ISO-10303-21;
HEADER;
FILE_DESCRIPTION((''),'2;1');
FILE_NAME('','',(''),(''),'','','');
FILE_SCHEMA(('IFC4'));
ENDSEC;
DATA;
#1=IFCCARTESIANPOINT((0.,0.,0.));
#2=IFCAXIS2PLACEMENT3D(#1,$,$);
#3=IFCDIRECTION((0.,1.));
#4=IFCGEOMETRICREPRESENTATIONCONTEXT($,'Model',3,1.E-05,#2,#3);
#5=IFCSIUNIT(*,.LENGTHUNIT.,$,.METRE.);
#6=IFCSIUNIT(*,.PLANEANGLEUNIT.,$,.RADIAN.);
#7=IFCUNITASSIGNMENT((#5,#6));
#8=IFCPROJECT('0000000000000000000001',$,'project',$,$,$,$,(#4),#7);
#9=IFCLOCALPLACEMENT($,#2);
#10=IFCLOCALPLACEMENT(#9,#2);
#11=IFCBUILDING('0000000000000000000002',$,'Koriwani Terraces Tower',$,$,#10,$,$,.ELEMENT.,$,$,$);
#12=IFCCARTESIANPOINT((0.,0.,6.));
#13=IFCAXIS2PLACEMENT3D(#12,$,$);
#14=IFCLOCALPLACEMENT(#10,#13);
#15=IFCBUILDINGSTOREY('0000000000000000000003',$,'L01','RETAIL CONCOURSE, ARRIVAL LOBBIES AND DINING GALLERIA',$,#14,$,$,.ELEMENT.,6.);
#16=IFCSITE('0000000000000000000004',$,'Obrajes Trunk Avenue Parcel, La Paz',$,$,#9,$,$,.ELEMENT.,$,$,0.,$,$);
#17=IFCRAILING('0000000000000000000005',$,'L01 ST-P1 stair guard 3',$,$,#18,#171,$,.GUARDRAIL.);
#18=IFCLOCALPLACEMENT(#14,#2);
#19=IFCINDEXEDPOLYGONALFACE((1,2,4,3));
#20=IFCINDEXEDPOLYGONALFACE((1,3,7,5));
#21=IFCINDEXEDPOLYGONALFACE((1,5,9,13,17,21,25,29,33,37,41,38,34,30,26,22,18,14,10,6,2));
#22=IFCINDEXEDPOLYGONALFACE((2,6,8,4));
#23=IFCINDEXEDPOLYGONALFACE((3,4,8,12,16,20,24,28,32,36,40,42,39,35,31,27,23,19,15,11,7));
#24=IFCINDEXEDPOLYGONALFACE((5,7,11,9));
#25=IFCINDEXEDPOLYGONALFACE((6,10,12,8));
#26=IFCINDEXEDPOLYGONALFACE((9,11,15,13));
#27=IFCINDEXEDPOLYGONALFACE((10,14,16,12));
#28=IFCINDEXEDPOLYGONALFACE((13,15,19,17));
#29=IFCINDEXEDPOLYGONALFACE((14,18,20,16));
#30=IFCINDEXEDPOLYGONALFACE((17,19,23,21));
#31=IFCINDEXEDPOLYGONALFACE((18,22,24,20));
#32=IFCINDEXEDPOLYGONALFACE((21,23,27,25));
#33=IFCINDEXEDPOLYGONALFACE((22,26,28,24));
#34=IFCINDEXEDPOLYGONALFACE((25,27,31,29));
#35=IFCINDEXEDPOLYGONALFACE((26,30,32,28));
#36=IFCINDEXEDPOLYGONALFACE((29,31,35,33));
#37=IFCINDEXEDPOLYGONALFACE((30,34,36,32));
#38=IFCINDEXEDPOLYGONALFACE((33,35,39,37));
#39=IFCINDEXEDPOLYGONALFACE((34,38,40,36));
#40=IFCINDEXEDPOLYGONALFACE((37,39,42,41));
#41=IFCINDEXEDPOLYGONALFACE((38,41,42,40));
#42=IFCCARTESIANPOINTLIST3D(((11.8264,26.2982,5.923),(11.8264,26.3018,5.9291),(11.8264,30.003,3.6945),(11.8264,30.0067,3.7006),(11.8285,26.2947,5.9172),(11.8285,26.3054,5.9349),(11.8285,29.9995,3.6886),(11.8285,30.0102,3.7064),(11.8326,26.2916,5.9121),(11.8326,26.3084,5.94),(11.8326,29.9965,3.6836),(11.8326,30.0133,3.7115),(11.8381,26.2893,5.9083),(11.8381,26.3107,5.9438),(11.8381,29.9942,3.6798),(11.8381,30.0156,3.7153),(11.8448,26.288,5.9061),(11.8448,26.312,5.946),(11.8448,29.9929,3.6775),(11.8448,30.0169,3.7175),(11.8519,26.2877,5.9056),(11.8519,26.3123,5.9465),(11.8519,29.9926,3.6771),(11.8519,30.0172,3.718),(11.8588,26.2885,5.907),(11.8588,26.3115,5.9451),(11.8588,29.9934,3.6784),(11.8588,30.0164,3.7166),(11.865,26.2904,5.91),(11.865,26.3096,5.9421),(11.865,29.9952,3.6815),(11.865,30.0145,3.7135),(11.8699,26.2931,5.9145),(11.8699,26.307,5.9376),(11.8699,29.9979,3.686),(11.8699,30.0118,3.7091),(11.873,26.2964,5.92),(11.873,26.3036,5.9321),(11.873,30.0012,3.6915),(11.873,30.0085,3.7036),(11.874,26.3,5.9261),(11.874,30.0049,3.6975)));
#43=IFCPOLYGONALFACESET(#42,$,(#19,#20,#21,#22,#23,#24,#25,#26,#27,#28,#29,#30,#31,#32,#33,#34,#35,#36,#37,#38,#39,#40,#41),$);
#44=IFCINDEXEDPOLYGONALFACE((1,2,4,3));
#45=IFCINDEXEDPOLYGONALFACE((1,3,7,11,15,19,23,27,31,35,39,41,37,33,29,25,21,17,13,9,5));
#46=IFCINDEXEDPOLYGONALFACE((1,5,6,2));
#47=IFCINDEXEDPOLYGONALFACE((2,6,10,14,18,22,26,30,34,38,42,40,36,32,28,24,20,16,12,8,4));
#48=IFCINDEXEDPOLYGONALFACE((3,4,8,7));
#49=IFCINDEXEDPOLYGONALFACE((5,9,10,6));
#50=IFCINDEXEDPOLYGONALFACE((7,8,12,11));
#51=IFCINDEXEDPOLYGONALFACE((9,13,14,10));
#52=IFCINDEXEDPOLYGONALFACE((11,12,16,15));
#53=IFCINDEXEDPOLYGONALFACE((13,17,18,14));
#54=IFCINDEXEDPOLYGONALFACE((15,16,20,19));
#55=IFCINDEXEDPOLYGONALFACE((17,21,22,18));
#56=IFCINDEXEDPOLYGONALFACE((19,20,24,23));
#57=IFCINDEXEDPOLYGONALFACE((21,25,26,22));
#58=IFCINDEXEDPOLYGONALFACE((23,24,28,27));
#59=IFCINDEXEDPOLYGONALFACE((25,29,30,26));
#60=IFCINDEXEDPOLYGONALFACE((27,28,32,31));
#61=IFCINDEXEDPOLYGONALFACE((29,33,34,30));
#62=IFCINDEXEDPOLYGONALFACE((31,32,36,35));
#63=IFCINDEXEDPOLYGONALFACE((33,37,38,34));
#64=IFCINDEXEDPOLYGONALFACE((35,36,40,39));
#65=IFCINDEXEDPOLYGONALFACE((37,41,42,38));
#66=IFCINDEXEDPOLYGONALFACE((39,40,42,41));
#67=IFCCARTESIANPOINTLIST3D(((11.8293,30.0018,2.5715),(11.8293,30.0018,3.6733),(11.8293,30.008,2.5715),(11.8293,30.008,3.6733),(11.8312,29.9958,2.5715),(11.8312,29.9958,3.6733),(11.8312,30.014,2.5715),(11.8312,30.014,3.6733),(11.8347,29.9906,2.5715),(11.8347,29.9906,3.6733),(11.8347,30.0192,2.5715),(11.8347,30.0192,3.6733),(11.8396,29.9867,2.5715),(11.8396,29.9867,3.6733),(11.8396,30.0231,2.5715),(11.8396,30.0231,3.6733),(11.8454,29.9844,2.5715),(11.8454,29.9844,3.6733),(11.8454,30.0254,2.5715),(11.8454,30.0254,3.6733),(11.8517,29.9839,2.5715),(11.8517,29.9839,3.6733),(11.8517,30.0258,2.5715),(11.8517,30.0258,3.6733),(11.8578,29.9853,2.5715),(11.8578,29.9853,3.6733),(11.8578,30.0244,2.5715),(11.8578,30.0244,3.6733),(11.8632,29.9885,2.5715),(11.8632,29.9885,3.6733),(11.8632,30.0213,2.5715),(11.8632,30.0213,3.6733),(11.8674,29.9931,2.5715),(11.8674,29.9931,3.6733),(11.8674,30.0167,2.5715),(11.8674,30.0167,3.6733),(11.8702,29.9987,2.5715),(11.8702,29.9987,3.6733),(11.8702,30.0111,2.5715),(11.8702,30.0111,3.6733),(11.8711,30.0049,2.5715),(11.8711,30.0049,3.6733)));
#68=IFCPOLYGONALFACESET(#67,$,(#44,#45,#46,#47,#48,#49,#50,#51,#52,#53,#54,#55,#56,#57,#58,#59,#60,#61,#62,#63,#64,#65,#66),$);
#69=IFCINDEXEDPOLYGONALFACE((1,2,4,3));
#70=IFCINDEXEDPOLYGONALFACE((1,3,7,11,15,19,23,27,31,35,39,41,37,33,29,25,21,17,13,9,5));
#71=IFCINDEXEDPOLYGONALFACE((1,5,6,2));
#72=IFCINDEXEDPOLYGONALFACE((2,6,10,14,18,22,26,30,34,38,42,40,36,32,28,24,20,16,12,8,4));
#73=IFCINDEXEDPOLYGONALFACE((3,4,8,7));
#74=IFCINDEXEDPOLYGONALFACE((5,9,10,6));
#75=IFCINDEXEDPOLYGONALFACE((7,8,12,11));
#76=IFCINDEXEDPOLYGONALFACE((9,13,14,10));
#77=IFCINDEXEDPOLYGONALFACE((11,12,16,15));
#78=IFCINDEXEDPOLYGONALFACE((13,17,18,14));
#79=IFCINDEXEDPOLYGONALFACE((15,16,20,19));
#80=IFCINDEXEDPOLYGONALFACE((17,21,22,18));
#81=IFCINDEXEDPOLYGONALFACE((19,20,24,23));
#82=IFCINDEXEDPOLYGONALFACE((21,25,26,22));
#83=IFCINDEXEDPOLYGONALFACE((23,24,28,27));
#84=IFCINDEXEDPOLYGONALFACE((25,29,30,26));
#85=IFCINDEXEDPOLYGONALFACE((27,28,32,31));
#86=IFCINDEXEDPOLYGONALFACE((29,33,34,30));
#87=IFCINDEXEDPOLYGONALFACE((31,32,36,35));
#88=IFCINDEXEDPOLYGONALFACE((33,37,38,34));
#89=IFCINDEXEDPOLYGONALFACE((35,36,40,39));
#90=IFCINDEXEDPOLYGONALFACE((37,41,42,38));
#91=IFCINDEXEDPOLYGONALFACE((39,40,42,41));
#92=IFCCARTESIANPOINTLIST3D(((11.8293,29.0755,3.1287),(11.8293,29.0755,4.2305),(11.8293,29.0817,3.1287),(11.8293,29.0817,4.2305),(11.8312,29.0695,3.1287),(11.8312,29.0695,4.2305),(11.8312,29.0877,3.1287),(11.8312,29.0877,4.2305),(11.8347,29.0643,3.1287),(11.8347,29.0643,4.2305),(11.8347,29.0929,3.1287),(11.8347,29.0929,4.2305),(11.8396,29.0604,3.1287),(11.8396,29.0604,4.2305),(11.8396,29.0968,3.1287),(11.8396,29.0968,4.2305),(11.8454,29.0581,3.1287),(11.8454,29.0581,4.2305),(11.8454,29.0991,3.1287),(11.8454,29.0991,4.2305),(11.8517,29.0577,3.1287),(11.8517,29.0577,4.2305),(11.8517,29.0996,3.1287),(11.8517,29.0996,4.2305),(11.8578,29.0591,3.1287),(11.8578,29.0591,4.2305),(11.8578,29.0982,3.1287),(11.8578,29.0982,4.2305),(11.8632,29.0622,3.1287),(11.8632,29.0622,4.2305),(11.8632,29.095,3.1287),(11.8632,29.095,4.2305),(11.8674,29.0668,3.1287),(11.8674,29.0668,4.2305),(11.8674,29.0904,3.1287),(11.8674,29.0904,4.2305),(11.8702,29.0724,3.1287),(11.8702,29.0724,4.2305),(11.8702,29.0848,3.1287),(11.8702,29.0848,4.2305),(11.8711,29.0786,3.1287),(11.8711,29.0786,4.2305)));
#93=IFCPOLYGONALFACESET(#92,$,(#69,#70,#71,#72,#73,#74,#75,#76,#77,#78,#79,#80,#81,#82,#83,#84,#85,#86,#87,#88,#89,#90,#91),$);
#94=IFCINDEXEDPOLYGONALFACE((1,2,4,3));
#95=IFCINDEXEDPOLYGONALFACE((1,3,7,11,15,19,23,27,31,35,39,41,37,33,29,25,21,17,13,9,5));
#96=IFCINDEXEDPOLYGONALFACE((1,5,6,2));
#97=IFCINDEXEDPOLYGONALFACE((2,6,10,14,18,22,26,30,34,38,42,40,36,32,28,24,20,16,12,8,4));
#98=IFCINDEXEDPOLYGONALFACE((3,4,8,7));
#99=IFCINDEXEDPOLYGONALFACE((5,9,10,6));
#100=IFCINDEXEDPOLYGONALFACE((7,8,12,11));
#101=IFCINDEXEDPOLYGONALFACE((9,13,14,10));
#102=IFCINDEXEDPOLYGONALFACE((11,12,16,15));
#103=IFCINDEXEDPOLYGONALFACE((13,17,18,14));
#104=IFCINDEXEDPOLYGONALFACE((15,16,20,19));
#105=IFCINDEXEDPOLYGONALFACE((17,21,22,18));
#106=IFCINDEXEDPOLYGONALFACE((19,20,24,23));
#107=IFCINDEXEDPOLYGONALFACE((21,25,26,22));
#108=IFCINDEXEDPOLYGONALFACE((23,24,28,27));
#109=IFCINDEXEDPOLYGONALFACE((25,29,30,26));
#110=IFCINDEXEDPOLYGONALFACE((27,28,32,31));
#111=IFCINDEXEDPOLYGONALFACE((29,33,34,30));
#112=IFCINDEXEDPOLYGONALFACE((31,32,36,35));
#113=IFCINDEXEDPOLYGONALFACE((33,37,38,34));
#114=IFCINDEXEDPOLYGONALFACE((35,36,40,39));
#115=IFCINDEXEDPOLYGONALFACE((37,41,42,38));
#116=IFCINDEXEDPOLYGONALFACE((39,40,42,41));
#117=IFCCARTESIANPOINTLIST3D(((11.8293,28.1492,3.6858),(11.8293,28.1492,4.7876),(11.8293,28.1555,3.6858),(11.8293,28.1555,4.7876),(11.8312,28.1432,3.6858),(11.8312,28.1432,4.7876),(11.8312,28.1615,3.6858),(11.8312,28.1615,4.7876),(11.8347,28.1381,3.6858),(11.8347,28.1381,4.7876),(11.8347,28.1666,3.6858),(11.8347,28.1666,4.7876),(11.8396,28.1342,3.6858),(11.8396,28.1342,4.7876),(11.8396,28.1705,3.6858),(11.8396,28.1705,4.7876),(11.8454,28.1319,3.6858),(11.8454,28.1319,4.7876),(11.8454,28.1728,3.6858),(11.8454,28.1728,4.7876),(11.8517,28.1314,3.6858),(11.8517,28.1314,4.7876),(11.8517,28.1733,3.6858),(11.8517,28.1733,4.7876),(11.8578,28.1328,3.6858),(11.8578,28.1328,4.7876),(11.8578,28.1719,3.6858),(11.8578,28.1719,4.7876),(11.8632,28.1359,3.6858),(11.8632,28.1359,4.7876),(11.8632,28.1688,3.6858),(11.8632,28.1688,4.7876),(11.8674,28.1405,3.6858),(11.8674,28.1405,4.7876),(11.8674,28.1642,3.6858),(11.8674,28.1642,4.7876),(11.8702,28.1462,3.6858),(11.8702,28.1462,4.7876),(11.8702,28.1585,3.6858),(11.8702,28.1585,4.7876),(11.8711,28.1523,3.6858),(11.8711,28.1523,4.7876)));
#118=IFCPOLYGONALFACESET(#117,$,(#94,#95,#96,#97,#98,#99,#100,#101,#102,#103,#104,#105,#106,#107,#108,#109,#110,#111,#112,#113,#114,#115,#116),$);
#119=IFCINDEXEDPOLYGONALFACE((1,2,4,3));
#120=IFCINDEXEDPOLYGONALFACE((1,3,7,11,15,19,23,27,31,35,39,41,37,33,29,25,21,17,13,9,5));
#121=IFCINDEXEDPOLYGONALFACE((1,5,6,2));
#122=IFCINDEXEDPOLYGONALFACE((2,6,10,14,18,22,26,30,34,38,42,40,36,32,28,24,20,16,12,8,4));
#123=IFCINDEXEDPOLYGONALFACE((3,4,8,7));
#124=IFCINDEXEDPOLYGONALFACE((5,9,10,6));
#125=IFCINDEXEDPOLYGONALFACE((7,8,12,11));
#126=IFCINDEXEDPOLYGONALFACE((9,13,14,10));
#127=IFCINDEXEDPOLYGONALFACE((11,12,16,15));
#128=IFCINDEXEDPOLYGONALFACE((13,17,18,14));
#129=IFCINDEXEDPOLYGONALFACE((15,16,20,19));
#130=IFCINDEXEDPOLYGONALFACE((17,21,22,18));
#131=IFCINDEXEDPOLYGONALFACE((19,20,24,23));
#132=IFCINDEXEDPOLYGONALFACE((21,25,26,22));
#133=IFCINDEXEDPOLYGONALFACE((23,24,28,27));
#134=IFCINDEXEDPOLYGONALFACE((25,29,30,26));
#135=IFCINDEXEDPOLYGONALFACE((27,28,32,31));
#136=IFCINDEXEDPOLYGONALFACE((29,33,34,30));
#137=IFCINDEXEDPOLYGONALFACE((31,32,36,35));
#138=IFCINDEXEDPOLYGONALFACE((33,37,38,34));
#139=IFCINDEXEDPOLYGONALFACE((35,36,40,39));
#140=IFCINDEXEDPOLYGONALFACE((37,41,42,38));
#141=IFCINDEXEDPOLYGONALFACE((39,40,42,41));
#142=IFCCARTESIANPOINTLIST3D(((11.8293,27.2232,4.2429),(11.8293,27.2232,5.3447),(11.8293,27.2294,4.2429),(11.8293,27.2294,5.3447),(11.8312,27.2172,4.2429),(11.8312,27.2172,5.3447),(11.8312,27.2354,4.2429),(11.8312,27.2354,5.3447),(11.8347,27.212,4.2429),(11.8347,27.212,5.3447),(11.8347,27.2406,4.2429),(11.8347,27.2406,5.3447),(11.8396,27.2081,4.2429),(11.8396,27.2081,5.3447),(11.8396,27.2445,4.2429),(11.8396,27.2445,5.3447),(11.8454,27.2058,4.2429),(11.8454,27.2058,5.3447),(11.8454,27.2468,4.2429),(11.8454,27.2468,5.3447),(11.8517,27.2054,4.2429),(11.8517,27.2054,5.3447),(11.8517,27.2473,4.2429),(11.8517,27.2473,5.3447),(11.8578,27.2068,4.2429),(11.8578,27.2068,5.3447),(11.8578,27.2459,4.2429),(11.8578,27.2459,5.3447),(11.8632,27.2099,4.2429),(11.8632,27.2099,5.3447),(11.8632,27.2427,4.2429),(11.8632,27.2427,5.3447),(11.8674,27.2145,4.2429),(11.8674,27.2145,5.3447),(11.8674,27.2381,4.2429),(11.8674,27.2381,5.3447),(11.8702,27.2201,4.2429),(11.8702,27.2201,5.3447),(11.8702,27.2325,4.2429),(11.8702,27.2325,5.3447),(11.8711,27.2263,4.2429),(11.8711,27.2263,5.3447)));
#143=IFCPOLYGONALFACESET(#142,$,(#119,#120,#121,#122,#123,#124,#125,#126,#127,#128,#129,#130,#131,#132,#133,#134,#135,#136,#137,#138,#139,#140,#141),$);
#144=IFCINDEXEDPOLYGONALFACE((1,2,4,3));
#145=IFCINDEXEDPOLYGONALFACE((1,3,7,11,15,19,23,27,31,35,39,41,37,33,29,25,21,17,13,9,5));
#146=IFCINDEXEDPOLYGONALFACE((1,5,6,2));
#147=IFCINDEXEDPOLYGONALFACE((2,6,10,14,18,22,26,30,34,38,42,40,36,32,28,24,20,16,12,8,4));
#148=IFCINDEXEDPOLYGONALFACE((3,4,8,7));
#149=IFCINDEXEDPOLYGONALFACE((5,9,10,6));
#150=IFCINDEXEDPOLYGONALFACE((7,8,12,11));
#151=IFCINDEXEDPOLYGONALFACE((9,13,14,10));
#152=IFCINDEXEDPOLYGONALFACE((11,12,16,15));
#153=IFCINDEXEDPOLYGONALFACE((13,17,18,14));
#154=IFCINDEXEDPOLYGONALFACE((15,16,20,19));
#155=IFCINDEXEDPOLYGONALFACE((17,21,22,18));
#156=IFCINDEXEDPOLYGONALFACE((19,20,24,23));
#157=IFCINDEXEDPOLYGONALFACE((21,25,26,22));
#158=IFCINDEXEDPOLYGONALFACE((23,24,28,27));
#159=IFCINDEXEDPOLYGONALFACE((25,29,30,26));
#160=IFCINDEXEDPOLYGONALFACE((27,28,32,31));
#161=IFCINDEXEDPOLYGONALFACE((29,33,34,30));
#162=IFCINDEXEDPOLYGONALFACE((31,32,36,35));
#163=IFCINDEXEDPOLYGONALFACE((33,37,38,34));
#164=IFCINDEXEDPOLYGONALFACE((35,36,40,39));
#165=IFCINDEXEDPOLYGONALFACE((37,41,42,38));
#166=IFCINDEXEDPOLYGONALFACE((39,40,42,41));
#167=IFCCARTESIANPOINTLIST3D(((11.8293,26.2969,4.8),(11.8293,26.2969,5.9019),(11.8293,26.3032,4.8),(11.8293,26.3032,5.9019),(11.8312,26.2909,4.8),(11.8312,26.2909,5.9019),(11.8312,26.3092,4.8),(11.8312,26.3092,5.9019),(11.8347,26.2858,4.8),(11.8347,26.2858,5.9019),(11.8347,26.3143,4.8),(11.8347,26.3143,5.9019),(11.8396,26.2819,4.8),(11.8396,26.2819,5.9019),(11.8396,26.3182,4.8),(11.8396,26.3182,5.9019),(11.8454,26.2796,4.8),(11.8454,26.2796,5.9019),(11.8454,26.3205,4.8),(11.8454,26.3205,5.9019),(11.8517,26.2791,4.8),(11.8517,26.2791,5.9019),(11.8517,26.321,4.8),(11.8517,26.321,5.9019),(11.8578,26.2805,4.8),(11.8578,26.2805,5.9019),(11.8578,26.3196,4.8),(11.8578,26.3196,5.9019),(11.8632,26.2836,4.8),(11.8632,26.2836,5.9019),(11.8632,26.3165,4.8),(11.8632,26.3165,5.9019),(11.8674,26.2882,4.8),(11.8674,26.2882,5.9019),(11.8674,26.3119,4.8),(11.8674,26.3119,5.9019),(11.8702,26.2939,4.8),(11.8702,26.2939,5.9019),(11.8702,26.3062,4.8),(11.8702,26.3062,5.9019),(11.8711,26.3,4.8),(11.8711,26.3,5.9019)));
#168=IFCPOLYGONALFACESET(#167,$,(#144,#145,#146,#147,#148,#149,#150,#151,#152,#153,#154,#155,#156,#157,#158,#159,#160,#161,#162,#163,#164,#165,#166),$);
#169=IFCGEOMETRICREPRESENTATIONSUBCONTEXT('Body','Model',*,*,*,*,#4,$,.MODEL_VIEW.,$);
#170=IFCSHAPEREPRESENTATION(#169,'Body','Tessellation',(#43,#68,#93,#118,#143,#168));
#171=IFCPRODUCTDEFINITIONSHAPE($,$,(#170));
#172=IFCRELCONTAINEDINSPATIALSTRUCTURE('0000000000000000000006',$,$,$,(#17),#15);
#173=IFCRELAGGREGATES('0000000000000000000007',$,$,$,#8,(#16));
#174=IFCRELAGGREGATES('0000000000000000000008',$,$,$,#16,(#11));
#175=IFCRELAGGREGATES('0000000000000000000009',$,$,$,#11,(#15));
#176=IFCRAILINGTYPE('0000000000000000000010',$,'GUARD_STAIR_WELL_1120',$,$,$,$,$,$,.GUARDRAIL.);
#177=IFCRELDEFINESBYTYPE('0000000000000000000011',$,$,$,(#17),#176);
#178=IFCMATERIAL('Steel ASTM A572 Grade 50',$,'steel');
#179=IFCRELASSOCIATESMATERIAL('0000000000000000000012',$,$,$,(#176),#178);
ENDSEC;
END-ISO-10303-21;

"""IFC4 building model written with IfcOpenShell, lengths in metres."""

from ifc_helpers import new_model, si_unit, direction, frame, origin, origin_2d, place, context, subcontext, project, spatial, circle, extrude, material, type_object, element, save


model = new_model("IFC4")

# Units and contexts
model_context = context("Model", 3, precision=1e-05, world=origin(), true_north=direction((0.0, 1.0)))
body_context = subcontext(model_context, "Body", "Model", "MODEL_VIEW")
ifc_project = project(units=[si_unit("LENGTHUNIT", "METRE"), si_unit("PLANEANGLEUNIT", "RADIAN")], contexts=[model_context])

# Site, building, storey
site_placement = place(None, origin())
site = spatial("IfcSite", under=ifc_project, at=site_placement, Name="Obrajes Trunk Avenue Parcel, La Paz", CompositionType="ELEMENT", RefElevation=0.0)
building_placement = place(site_placement, origin())
building = spatial("IfcBuilding", under=site, at=building_placement, Name="Koriwani Terraces Tower", CompositionType="ELEMENT")
storey_placement = place(building_placement, frame((0.0, 0.0, 6.0)))
storey = spatial("IfcBuildingStorey", under=building, at=storey_placement, Name="L01", Description="RETAIL CONCOURSE, ARRIVAL LOBBIES AND DINING GALLERIA", CompositionType="ELEMENT", Elevation=6.0)

# Shared definitions
ifc_material_1 = material(Name="Steel ASTM A572 Grade 50", Category="steel")

# Railing
railing_type_1 = type_object("IfcRailingType", Name="GUARD_STAIR_WELL_1120", PredefinedType="GUARDRAIL", material=ifc_material_1)
railing_1_placement = place(storey_placement, frame((11.8501, 30.0049, 2.5715)))
element("IfcRailing", 1, at=railing_1_placement, inside=storey, type_object=railing_type_1, Name="L01 ST-P1 stair guard 3", PredefinedType="GUARDRAIL", context=body_context, shape_type="SweptSolid", body=[
    extrude(circle(Radius=0.0239, at=origin_2d()), frame((0.0, 0.0, 1.126), z_axis=(0.0, -0.856919, 0.51545), x_axis=(1.0, 0.0, 0.0)), (0.0, 0.0, 1.0), 4.3235),
    extrude(circle(Radius=0.021, at=origin_2d()), origin(), (0.0, 0.0, 1.0), 1.1018),
    extrude(circle(Radius=0.021, at=origin_2d()), frame((0.0, -0.9263, 0.5571)), (0.0, 0.0, 1.0), 1.1018),
    extrude(circle(Radius=0.021, at=origin_2d()), frame((0.0, -1.8525, 1.1143)), (0.0, 0.0, 1.0), 1.1018),
    extrude(circle(Radius=0.021, at=origin_2d()), frame((0.0, -2.7786, 1.6714)), (0.0, 0.0, 1.0), 1.1018),
    extrude(circle(Radius=0.021, at=origin_2d()), frame((0.0, -3.7048, 2.2285)), (0.0, 0.0, 1.0), 1.1018),
])

save(model, "model.ifc")
